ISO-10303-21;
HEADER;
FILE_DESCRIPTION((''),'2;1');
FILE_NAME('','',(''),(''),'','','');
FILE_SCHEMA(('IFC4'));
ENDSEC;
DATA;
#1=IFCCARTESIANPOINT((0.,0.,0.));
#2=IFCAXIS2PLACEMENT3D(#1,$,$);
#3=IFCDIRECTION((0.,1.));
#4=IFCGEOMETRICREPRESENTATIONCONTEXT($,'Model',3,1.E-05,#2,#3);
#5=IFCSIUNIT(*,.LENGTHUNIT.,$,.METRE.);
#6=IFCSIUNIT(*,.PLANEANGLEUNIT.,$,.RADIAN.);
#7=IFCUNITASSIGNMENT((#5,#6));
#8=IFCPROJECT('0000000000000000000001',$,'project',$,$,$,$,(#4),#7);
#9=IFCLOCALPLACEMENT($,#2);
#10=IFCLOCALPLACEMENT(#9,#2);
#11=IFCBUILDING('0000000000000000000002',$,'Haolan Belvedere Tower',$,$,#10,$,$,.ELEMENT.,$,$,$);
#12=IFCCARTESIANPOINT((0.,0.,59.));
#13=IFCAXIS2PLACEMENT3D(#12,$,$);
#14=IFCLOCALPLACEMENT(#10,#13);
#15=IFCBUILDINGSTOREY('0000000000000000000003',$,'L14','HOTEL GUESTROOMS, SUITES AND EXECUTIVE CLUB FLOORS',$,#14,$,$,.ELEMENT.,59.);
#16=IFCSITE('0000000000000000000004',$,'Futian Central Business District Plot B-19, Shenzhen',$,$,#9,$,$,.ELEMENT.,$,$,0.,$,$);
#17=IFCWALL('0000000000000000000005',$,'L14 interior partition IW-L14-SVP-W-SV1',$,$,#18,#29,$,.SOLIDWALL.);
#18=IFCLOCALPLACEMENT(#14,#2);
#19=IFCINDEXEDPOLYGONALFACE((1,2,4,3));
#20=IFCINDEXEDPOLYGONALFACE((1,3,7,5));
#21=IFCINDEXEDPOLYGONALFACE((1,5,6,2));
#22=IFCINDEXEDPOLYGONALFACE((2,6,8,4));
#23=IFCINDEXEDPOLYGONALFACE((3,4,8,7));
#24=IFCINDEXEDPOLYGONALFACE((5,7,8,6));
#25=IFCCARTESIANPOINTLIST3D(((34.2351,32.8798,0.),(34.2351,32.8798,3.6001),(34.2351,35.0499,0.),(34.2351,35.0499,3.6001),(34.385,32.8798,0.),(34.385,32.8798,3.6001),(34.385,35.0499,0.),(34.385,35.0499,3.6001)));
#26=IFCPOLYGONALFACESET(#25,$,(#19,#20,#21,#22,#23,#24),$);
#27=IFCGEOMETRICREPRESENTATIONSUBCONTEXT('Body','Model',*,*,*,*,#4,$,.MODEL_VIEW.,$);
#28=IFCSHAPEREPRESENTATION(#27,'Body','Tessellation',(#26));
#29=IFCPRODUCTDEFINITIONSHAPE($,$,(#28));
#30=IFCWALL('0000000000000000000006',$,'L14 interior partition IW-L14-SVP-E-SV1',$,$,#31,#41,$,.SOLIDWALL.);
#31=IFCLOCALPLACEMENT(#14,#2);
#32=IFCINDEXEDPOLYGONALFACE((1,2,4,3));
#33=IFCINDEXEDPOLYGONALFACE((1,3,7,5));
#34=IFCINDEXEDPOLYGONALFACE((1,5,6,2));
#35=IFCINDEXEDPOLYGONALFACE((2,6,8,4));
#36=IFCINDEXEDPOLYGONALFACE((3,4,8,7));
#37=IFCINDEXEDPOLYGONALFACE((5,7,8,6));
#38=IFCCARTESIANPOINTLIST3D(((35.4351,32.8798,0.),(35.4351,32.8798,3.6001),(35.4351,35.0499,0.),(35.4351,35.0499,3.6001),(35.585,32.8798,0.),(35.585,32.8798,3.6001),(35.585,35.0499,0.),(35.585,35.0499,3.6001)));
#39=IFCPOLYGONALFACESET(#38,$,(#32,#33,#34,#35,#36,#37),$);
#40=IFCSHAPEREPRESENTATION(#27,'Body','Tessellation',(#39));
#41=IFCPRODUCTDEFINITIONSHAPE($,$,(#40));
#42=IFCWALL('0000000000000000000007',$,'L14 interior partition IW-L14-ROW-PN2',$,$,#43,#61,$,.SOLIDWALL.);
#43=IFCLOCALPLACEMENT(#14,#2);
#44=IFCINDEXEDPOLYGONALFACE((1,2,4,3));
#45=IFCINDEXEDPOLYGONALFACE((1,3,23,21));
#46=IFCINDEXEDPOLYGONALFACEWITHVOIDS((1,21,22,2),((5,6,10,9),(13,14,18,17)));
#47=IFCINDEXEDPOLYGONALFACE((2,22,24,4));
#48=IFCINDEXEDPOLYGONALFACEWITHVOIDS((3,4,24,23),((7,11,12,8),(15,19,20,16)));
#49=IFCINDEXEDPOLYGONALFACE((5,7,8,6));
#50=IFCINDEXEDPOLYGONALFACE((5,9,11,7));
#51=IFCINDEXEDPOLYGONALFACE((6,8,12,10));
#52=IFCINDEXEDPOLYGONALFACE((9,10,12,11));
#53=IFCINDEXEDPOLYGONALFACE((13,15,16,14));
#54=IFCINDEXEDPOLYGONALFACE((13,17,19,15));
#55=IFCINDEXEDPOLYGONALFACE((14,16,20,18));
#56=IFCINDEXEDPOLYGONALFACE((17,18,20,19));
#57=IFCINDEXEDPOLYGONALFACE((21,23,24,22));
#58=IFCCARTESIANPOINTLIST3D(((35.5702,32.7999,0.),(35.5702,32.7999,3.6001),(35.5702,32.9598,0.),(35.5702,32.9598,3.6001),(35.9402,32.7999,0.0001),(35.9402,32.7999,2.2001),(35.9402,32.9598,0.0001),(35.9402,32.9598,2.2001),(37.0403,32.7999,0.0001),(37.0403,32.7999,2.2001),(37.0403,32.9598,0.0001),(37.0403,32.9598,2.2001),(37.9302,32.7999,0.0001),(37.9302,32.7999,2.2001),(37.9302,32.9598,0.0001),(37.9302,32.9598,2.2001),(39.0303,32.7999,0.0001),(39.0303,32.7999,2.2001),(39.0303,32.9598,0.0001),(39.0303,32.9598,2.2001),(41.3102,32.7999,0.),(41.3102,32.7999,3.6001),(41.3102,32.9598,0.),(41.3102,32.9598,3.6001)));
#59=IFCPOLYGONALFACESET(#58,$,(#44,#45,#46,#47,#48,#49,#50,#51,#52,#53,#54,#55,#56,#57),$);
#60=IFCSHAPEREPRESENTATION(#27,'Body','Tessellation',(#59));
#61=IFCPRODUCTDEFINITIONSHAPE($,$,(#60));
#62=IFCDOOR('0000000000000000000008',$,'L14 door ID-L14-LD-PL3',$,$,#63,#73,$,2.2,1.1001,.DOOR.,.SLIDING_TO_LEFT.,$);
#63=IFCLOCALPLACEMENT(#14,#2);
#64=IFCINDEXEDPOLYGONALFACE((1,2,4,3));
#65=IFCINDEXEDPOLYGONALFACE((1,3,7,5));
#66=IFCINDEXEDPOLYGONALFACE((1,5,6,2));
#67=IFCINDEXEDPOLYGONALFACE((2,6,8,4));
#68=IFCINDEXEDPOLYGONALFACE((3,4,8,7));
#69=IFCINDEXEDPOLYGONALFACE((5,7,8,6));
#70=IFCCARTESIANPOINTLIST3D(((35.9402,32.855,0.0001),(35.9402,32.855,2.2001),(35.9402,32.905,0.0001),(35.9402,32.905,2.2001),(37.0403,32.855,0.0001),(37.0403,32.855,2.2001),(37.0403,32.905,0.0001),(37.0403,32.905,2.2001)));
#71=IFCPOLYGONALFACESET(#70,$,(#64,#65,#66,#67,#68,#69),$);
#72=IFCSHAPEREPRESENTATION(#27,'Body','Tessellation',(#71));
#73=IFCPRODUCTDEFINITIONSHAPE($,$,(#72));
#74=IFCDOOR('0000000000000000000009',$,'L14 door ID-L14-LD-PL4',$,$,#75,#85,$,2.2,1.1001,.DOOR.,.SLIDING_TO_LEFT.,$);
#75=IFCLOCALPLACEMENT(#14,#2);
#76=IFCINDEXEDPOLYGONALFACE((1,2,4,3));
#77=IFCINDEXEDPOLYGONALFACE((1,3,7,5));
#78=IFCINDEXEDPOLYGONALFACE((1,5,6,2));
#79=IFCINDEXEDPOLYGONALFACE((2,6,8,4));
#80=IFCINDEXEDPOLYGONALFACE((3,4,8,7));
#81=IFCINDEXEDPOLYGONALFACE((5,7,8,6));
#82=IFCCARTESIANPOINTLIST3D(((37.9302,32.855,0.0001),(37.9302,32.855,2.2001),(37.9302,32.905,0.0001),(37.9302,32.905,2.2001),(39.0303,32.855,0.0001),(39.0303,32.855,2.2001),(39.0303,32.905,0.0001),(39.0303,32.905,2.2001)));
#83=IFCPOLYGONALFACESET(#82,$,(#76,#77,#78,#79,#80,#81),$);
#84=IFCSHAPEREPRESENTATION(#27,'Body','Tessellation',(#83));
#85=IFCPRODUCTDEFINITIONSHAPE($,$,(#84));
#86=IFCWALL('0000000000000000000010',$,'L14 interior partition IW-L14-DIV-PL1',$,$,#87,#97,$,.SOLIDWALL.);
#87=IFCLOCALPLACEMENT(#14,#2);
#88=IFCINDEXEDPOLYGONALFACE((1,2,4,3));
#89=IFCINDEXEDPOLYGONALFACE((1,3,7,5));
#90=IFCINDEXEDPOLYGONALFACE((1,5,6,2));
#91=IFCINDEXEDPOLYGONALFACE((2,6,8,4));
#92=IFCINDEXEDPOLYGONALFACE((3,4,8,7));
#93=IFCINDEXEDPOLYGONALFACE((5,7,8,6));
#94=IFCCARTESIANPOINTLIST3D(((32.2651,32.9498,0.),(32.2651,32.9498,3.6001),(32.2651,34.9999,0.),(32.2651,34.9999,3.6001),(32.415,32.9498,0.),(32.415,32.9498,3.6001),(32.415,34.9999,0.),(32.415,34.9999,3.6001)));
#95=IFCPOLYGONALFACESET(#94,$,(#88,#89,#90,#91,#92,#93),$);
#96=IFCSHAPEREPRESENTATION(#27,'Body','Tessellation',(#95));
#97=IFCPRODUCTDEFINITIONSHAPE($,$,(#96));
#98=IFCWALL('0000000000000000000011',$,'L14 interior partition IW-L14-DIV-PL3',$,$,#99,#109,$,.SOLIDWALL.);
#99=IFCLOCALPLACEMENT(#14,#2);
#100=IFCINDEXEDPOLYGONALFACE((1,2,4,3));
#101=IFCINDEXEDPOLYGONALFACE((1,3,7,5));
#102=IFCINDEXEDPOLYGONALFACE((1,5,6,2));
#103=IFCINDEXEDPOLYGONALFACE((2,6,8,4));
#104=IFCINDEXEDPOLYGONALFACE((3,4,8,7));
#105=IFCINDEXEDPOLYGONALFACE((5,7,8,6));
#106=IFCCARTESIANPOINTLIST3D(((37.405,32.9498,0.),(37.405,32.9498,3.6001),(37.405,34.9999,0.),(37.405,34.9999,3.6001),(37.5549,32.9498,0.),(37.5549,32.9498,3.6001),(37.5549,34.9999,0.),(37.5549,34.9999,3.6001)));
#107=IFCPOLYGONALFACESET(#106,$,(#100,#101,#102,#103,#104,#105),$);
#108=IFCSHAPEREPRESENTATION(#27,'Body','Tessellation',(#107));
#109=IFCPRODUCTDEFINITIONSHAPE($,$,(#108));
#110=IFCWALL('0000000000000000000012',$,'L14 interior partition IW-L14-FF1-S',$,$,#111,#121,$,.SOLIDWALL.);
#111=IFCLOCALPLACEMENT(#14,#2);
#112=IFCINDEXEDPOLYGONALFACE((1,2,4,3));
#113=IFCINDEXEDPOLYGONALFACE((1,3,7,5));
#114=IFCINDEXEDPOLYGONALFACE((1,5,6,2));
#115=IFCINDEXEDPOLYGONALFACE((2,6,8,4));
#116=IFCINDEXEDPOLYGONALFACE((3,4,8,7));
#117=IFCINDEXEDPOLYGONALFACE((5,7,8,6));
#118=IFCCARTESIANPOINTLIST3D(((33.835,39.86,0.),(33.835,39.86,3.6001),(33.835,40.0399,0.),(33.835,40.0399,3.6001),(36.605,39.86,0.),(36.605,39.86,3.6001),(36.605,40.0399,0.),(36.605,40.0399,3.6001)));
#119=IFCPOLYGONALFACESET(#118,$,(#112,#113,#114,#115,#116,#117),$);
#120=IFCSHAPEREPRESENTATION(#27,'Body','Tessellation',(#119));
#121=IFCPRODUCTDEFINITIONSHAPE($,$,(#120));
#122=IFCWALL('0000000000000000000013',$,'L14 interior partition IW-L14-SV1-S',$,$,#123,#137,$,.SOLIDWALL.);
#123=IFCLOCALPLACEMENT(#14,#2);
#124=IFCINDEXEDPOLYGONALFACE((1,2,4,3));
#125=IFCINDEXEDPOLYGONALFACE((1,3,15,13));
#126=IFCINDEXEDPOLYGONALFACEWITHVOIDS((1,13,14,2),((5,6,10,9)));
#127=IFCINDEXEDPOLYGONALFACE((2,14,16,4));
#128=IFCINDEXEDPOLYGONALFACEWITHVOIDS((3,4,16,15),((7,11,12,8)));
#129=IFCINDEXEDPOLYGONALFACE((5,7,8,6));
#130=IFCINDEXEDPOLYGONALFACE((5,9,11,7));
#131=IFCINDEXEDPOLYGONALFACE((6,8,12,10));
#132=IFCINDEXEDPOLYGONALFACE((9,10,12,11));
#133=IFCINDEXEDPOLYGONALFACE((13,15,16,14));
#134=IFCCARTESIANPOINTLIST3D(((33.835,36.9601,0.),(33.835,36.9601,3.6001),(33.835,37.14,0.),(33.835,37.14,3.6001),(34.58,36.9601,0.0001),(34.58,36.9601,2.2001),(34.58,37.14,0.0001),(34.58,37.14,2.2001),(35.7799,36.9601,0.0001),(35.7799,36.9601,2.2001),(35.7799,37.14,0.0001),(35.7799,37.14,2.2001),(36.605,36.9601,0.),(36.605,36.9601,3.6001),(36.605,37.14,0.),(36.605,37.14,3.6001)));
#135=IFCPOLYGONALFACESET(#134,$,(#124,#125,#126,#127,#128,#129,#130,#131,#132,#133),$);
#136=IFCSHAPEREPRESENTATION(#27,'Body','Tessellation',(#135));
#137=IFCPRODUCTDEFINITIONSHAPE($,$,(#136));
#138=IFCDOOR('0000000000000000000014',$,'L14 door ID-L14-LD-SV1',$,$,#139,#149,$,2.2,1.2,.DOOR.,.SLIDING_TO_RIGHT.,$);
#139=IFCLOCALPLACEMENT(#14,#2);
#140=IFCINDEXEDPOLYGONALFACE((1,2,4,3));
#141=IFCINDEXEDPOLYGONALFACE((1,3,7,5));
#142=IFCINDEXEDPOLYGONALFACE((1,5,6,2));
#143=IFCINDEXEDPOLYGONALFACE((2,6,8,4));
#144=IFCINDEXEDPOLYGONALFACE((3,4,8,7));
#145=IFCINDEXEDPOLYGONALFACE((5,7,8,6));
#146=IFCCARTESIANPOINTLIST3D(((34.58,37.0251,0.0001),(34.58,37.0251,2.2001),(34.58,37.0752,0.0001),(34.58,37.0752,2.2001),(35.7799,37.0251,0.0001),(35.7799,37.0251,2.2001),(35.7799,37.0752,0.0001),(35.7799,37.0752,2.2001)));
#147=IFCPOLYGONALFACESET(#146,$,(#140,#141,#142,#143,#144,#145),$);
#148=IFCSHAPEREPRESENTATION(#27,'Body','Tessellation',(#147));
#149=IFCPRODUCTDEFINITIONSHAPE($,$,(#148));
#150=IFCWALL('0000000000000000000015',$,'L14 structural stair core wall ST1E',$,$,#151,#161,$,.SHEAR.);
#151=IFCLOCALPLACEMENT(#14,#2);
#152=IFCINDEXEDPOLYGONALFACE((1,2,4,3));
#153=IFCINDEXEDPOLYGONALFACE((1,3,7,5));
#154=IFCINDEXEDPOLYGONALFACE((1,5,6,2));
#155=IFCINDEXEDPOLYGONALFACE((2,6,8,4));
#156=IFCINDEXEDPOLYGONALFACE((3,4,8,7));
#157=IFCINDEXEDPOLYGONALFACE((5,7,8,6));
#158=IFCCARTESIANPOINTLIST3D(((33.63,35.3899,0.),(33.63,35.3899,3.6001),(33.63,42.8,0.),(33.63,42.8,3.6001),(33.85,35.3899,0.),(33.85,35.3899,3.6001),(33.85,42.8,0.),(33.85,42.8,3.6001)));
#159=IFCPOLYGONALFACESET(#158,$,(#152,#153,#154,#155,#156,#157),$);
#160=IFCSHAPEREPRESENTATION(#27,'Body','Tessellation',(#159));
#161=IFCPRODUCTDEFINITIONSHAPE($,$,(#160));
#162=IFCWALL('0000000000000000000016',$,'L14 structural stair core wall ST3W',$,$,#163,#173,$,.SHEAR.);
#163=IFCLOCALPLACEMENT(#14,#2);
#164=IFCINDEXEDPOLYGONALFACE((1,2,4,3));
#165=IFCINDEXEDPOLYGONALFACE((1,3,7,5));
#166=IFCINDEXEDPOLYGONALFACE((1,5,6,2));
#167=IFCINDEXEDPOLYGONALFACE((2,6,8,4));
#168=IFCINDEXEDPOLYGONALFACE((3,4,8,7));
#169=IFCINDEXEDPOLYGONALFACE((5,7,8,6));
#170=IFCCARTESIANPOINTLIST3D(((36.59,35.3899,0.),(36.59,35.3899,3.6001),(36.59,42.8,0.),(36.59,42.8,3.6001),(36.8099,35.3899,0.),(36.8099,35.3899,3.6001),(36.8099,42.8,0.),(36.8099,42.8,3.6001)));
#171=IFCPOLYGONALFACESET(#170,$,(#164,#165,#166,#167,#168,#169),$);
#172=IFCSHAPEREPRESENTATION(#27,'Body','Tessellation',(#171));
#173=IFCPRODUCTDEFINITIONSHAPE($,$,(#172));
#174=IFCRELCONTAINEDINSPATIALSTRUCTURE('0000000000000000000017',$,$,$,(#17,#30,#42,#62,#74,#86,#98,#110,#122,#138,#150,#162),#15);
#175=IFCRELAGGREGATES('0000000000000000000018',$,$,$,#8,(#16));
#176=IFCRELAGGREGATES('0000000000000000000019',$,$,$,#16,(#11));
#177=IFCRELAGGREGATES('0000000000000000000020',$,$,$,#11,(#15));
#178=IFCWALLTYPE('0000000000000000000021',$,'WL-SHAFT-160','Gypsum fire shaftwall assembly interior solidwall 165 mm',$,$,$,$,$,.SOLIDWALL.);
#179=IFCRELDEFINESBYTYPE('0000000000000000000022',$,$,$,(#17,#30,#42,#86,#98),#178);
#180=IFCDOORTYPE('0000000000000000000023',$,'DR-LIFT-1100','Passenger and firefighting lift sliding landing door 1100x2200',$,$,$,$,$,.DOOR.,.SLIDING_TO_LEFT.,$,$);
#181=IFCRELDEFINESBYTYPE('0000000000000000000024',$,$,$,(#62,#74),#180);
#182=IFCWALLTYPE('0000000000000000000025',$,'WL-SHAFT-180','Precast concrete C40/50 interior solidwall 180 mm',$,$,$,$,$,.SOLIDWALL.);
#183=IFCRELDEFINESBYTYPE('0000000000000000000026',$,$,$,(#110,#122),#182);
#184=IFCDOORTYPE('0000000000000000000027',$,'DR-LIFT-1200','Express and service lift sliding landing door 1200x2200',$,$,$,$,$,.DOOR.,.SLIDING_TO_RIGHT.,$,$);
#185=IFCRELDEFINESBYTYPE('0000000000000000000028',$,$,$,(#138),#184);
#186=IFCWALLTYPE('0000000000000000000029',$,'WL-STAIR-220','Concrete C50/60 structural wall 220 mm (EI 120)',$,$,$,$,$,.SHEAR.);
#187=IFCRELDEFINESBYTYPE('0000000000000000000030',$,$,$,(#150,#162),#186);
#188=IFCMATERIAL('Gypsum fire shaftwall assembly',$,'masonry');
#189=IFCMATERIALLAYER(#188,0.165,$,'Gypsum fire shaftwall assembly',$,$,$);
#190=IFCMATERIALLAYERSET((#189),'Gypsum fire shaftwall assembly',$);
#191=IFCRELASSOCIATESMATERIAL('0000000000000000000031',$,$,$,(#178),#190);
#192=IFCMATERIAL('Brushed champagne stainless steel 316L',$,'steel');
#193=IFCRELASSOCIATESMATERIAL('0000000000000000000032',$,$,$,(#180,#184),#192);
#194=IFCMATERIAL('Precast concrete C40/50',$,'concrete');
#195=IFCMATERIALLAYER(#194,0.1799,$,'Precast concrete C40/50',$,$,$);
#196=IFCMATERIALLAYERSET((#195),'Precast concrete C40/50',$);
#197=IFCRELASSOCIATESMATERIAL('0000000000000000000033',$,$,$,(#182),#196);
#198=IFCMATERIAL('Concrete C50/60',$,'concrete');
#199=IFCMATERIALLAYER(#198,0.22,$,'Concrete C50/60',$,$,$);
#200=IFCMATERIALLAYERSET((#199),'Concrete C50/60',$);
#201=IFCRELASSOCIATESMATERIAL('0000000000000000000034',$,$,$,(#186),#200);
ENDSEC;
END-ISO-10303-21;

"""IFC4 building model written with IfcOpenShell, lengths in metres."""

from ifc_helpers import new_model, si_unit, direction, frame, frame_2d, origin, place, context, subcontext, project, spatial, rectangle, extrude, material, layer, layer_set, type_object, element, fill, save


model = new_model("IFC4")

# Units and contexts
model_context = context("Model", 3, precision=1e-05, world=origin(), true_north=direction((0.0, 1.0)))
body_context = subcontext(model_context, "Body", "Model", "MODEL_VIEW")
ifc_project = project(units=[si_unit("LENGTHUNIT", "METRE"), si_unit("PLANEANGLEUNIT", "RADIAN")], contexts=[model_context])

# Site, building, storey
site_placement = place(None, origin())
site = spatial("IfcSite", under=ifc_project, at=site_placement, Name="Futian Central Business District Plot B-19, Shenzhen", CompositionType="ELEMENT", RefElevation=0.0)
building_placement = place(site_placement, origin())
building = spatial("IfcBuilding", under=site, at=building_placement, Name="Haolan Belvedere Tower", CompositionType="ELEMENT")
storey_placement = place(building_placement, frame((0.0, 0.0, 59.0)))
storey = spatial("IfcBuildingStorey", under=building, at=storey_placement, Name="L14", Description="HOTEL GUESTROOMS, SUITES AND EXECUTIVE CLUB FLOORS", CompositionType="ELEMENT", Elevation=59.0)

# Walls
ifc_material_1 = material(Name="Gypsum fire shaftwall assembly", Category="masonry")
ifc_layer_1 = layer(ifc_material_1, 0.165, Name="Gypsum fire shaftwall assembly")
ifc_layer_set_1 = layer_set([ifc_layer_1], Name="Gypsum fire shaftwall assembly")
wall_type_1 = type_object("IfcWallType", Name="WL-SHAFT-160", Description="Gypsum fire shaftwall assembly interior solidwall 165 mm", PredefinedType="SOLIDWALL", material=ifc_layer_set_1)
for number, where, z_axis, x_axis, name in (
    (1, (34.3101, 32.8799, 0.0), (0.0, 0.0, 1.0), (0.0, 1.0, 0.0), "L14 interior partition IW-L14-SVP-W-SV1"),
    (2, (35.51, 32.8799, 0.0), (0.0, 0.0, 1.0), (0.0, 1.0, 0.0), "L14 interior partition IW-L14-SVP-E-SV1"),
):
    element("IfcWall", number, at=place(storey_placement, frame(where, z_axis=z_axis, x_axis=x_axis)), inside=storey, type_object=wall_type_1, Name=name, PredefinedType="SOLIDWALL", context=body_context, shape_type="SweptSolid", body=[
        extrude(rectangle(XDim=2.1702, YDim=0.1499, at=frame_2d((1.085, 0.0))), origin(), (0.0, 0.0, 1.0), 3.6001),
    ])

# Wall, openings, doors
wall_1_placement = place(storey_placement, frame((35.5701, 32.8799, 0.0), z_axis=(0.0, 0.0, 1.0), x_axis=(1.0, 0.0, 0.0)))
wall_1 = element("IfcWall", 3, at=wall_1_placement, inside=storey, type_object=wall_type_1, Name="L14 interior partition IW-L14-ROW-PN2", PredefinedType="SOLIDWALL", context=body_context, shape_type="SweptSolid", body=[
    extrude(rectangle(XDim=5.74, YDim=0.1599, at=frame_2d((2.8701, 0.0))), origin(), (0.0, 0.0, 1.0), 3.6001),
])
opening_1_placement = place(wall_1_placement, frame((1.4702, 0.0, 0.0), z_axis=(0.0, 0.0, 1.0), x_axis=(-1.0, 0.0, 0.0)))
opening_1 = element("IfcOpeningElement", 4, at=opening_1_placement, cuts=wall_1, PredefinedType="OPENING", context=body_context, shape_type="SweptSolid", body=[
    extrude(rectangle(XDim=1.1001, YDim=2.2, at=frame_2d((0.55, 1.1001))), frame((0.0, 0.0898, 0.0), z_axis=(0.0, -1.0, 0.0), x_axis=(1.0, 0.0, 0.0)), (0.0, 0.0, 1.0), 0.1799),
])
opening_2_placement = place(wall_1_placement, frame((3.4602, 0.0, 0.0), z_axis=(0.0, 0.0, 1.0), x_axis=(-1.0, 0.0, 0.0)))
opening_2 = element("IfcOpeningElement", 5, at=opening_2_placement, cuts=wall_1, PredefinedType="OPENING", context=body_context, shape_type="SweptSolid", body=[
    extrude(rectangle(XDim=1.1001, YDim=2.2, at=frame_2d((0.55, 1.1001))), frame((0.0, 0.0898, 0.0), z_axis=(0.0, -1.0, 0.0), x_axis=(1.0, 0.0, 0.0)), (0.0, 0.0, 1.0), 0.1799),
])
ifc_material_2 = material(Name="Brushed champagne stainless steel 316L", Category="steel")
door_type_1 = type_object("IfcDoorType", Name="DR-LIFT-1100", Description="Passenger and firefighting lift sliding landing door 1100x2200", OperationType="SLIDING_TO_LEFT", PredefinedType="DOOR", material=ifc_material_2)
door_1_placement = place(opening_1_placement, origin())
door_1 = element("IfcDoor", 6, at=door_1_placement, inside=storey, type_object=door_type_1, Name="L14 door ID-L14-LD-PL3", OperationType="SLIDING_TO_LEFT", OverallHeight=2.2, OverallWidth=1.1001, PredefinedType="DOOR", context=body_context, shape_type="SweptSolid", body=[
    extrude(rectangle(XDim=1.1001, YDim=2.2, at=frame_2d((0.55, 1.1001))), frame((0.0, 0.0249, 0.0), z_axis=(0.0, -1.0, 0.0), x_axis=(1.0, 0.0, 0.0)), (0.0, 0.0, 1.0), 0.05),
])
fill(opening_1, door_1)
door_2_placement = place(opening_2_placement, origin())
door_2 = element("IfcDoor", 7, at=door_2_placement, inside=storey, type_object=door_type_1, Name="L14 door ID-L14-LD-PL4", OperationType="SLIDING_TO_LEFT", OverallHeight=2.2, OverallWidth=1.1001, PredefinedType="DOOR", context=body_context, shape_type="SweptSolid", body=[
    extrude(rectangle(XDim=1.1001, YDim=2.2, at=frame_2d((0.55, 1.1001))), frame((0.0, 0.0249, 0.0), z_axis=(0.0, -1.0, 0.0), x_axis=(1.0, 0.0, 0.0)), (0.0, 0.0, 1.0), 0.05),
])
fill(opening_2, door_2)

# Walls
for number, where, z_axis, x_axis, name in (
    (8, (32.3401, 32.95, 0.0), (0.0, 0.0, 1.0), (0.0, 1.0, 0.0), "L14 interior partition IW-L14-DIV-PL1"),
    (9, (37.48, 32.95, 0.0), (0.0, 0.0, 1.0), (0.0, 1.0, 0.0), "L14 interior partition IW-L14-DIV-PL3"),
):
    element("IfcWall", number, at=place(storey_placement, frame(where, z_axis=z_axis, x_axis=x_axis)), inside=storey, type_object=wall_type_1, Name=name, PredefinedType="SOLIDWALL", context=body_context, shape_type="SweptSolid", body=[
        extrude(rectangle(XDim=2.05, YDim=0.1499, at=frame_2d((1.0249, 0.0))), origin(), (0.0, 0.0, 1.0), 3.6001),
    ])
ifc_material_3 = material(Name="Precast concrete C40/50", Category="concrete")
ifc_layer_2 = layer(ifc_material_3, 0.1799, Name="Precast concrete C40/50")
ifc_layer_set_2 = layer_set([ifc_layer_2], Name="Precast concrete C40/50")
wall_type_2 = type_object("IfcWallType", Name="WL-SHAFT-180", Description="Precast concrete C40/50 interior solidwall 180 mm", PredefinedType="SOLIDWALL", material=ifc_layer_set_2)
wall_2_placement = place(storey_placement, frame((33.835, 39.95, 0.0), z_axis=(0.0, 0.0, 1.0), x_axis=(1.0, 0.0, 0.0)))
element("IfcWall", 10, at=wall_2_placement, inside=storey, type_object=wall_type_2, Name="L14 interior partition IW-L14-FF1-S", PredefinedType="SOLIDWALL", context=body_context, shape_type="SweptSolid", body=[
    extrude(rectangle(XDim=2.77, YDim=0.1799, at=frame_2d((1.385, 0.0))), origin(), (0.0, 0.0, 1.0), 3.6001),
])

# Wall, opening, door
wall_3_placement = place(storey_placement, frame((33.835, 37.05, 0.0), z_axis=(0.0, 0.0, 1.0), x_axis=(1.0, 0.0, 0.0)))
wall_3 = element("IfcWall", 11, at=wall_3_placement, inside=storey, type_object=wall_type_2, Name="L14 interior partition IW-L14-SV1-S", PredefinedType="SOLIDWALL", context=body_context, shape_type="SweptSolid", body=[
    extrude(rectangle(XDim=2.77, YDim=0.1799, at=frame_2d((1.385, 0.0))), origin(), (0.0, 0.0, 1.0), 3.6001),
])
opening_3_placement = place(wall_3_placement, frame((1.9451, 0.0, 0.0), z_axis=(0.0, 0.0, 1.0), x_axis=(-1.0, 0.0, 0.0)))
opening_3 = element("IfcOpeningElement", 12, at=opening_3_placement, cuts=wall_3, PredefinedType="OPENING", context=body_context, shape_type="SweptSolid", body=[
    extrude(rectangle(XDim=1.2, YDim=2.2, at=frame_2d((0.6001, 1.1001))), frame((0.0, 0.0999, 0.0), z_axis=(0.0, -1.0, 0.0), x_axis=(1.0, 0.0, 0.0)), (0.0, 0.0, 1.0), 0.2),
])
door_type_2 = type_object("IfcDoorType", Name="DR-LIFT-1200", Description="Express and service lift sliding landing door 1200x2200", OperationType="SLIDING_TO_RIGHT", PredefinedType="DOOR", material=ifc_material_2)
door_3_placement = place(opening_3_placement, origin())
door_3 = element("IfcDoor", 13, at=door_3_placement, inside=storey, type_object=door_type_2, Name="L14 door ID-L14-LD-SV1", OperationType="SLIDING_TO_RIGHT", OverallHeight=2.2, OverallWidth=1.2, PredefinedType="DOOR", context=body_context, shape_type="SweptSolid", body=[
    extrude(rectangle(XDim=1.2, YDim=2.2, at=frame_2d((0.6001, 1.1001))), frame((0.0, 0.0249, 0.0), z_axis=(0.0, -1.0, 0.0), x_axis=(1.0, 0.0, 0.0)), (0.0, 0.0, 1.0), 0.05),
])
fill(opening_3, door_3)

# Walls
ifc_material_4 = material(Name="Concrete C50/60", Category="concrete")
ifc_layer_3 = layer(ifc_material_4, 0.22, Name="Concrete C50/60")
ifc_layer_set_3 = layer_set([ifc_layer_3], Name="Concrete C50/60")
wall_type_3 = type_object("IfcWallType", Name="WL-STAIR-220", Description="Concrete C50/60 structural wall 220 mm (EI 120)", PredefinedType="SHEAR", material=ifc_layer_set_3)
for number, where, z_axis, x_axis, name in (
    (14, (33.74, 35.3899, 0.0), (0.0, 0.0, 1.0), (0.0, 1.0, 0.0), "L14 structural stair core wall ST1E"),
    (15, (36.7, 35.3899, 0.0), (0.0, 0.0, 1.0), (0.0, 1.0, 0.0), "L14 structural stair core wall ST3W"),
):
    element("IfcWall", number, at=place(storey_placement, frame(where, z_axis=z_axis, x_axis=x_axis)), inside=storey, type_object=wall_type_3, Name=name, PredefinedType="SHEAR", context=body_context, shape_type="SweptSolid", body=[
        extrude(rectangle(XDim=7.4102, YDim=0.22, at=frame_2d((3.7051, 0.0))), origin(), (0.0, 0.0, 1.0), 3.6001),
    ])

save(model, "model.ifc")
